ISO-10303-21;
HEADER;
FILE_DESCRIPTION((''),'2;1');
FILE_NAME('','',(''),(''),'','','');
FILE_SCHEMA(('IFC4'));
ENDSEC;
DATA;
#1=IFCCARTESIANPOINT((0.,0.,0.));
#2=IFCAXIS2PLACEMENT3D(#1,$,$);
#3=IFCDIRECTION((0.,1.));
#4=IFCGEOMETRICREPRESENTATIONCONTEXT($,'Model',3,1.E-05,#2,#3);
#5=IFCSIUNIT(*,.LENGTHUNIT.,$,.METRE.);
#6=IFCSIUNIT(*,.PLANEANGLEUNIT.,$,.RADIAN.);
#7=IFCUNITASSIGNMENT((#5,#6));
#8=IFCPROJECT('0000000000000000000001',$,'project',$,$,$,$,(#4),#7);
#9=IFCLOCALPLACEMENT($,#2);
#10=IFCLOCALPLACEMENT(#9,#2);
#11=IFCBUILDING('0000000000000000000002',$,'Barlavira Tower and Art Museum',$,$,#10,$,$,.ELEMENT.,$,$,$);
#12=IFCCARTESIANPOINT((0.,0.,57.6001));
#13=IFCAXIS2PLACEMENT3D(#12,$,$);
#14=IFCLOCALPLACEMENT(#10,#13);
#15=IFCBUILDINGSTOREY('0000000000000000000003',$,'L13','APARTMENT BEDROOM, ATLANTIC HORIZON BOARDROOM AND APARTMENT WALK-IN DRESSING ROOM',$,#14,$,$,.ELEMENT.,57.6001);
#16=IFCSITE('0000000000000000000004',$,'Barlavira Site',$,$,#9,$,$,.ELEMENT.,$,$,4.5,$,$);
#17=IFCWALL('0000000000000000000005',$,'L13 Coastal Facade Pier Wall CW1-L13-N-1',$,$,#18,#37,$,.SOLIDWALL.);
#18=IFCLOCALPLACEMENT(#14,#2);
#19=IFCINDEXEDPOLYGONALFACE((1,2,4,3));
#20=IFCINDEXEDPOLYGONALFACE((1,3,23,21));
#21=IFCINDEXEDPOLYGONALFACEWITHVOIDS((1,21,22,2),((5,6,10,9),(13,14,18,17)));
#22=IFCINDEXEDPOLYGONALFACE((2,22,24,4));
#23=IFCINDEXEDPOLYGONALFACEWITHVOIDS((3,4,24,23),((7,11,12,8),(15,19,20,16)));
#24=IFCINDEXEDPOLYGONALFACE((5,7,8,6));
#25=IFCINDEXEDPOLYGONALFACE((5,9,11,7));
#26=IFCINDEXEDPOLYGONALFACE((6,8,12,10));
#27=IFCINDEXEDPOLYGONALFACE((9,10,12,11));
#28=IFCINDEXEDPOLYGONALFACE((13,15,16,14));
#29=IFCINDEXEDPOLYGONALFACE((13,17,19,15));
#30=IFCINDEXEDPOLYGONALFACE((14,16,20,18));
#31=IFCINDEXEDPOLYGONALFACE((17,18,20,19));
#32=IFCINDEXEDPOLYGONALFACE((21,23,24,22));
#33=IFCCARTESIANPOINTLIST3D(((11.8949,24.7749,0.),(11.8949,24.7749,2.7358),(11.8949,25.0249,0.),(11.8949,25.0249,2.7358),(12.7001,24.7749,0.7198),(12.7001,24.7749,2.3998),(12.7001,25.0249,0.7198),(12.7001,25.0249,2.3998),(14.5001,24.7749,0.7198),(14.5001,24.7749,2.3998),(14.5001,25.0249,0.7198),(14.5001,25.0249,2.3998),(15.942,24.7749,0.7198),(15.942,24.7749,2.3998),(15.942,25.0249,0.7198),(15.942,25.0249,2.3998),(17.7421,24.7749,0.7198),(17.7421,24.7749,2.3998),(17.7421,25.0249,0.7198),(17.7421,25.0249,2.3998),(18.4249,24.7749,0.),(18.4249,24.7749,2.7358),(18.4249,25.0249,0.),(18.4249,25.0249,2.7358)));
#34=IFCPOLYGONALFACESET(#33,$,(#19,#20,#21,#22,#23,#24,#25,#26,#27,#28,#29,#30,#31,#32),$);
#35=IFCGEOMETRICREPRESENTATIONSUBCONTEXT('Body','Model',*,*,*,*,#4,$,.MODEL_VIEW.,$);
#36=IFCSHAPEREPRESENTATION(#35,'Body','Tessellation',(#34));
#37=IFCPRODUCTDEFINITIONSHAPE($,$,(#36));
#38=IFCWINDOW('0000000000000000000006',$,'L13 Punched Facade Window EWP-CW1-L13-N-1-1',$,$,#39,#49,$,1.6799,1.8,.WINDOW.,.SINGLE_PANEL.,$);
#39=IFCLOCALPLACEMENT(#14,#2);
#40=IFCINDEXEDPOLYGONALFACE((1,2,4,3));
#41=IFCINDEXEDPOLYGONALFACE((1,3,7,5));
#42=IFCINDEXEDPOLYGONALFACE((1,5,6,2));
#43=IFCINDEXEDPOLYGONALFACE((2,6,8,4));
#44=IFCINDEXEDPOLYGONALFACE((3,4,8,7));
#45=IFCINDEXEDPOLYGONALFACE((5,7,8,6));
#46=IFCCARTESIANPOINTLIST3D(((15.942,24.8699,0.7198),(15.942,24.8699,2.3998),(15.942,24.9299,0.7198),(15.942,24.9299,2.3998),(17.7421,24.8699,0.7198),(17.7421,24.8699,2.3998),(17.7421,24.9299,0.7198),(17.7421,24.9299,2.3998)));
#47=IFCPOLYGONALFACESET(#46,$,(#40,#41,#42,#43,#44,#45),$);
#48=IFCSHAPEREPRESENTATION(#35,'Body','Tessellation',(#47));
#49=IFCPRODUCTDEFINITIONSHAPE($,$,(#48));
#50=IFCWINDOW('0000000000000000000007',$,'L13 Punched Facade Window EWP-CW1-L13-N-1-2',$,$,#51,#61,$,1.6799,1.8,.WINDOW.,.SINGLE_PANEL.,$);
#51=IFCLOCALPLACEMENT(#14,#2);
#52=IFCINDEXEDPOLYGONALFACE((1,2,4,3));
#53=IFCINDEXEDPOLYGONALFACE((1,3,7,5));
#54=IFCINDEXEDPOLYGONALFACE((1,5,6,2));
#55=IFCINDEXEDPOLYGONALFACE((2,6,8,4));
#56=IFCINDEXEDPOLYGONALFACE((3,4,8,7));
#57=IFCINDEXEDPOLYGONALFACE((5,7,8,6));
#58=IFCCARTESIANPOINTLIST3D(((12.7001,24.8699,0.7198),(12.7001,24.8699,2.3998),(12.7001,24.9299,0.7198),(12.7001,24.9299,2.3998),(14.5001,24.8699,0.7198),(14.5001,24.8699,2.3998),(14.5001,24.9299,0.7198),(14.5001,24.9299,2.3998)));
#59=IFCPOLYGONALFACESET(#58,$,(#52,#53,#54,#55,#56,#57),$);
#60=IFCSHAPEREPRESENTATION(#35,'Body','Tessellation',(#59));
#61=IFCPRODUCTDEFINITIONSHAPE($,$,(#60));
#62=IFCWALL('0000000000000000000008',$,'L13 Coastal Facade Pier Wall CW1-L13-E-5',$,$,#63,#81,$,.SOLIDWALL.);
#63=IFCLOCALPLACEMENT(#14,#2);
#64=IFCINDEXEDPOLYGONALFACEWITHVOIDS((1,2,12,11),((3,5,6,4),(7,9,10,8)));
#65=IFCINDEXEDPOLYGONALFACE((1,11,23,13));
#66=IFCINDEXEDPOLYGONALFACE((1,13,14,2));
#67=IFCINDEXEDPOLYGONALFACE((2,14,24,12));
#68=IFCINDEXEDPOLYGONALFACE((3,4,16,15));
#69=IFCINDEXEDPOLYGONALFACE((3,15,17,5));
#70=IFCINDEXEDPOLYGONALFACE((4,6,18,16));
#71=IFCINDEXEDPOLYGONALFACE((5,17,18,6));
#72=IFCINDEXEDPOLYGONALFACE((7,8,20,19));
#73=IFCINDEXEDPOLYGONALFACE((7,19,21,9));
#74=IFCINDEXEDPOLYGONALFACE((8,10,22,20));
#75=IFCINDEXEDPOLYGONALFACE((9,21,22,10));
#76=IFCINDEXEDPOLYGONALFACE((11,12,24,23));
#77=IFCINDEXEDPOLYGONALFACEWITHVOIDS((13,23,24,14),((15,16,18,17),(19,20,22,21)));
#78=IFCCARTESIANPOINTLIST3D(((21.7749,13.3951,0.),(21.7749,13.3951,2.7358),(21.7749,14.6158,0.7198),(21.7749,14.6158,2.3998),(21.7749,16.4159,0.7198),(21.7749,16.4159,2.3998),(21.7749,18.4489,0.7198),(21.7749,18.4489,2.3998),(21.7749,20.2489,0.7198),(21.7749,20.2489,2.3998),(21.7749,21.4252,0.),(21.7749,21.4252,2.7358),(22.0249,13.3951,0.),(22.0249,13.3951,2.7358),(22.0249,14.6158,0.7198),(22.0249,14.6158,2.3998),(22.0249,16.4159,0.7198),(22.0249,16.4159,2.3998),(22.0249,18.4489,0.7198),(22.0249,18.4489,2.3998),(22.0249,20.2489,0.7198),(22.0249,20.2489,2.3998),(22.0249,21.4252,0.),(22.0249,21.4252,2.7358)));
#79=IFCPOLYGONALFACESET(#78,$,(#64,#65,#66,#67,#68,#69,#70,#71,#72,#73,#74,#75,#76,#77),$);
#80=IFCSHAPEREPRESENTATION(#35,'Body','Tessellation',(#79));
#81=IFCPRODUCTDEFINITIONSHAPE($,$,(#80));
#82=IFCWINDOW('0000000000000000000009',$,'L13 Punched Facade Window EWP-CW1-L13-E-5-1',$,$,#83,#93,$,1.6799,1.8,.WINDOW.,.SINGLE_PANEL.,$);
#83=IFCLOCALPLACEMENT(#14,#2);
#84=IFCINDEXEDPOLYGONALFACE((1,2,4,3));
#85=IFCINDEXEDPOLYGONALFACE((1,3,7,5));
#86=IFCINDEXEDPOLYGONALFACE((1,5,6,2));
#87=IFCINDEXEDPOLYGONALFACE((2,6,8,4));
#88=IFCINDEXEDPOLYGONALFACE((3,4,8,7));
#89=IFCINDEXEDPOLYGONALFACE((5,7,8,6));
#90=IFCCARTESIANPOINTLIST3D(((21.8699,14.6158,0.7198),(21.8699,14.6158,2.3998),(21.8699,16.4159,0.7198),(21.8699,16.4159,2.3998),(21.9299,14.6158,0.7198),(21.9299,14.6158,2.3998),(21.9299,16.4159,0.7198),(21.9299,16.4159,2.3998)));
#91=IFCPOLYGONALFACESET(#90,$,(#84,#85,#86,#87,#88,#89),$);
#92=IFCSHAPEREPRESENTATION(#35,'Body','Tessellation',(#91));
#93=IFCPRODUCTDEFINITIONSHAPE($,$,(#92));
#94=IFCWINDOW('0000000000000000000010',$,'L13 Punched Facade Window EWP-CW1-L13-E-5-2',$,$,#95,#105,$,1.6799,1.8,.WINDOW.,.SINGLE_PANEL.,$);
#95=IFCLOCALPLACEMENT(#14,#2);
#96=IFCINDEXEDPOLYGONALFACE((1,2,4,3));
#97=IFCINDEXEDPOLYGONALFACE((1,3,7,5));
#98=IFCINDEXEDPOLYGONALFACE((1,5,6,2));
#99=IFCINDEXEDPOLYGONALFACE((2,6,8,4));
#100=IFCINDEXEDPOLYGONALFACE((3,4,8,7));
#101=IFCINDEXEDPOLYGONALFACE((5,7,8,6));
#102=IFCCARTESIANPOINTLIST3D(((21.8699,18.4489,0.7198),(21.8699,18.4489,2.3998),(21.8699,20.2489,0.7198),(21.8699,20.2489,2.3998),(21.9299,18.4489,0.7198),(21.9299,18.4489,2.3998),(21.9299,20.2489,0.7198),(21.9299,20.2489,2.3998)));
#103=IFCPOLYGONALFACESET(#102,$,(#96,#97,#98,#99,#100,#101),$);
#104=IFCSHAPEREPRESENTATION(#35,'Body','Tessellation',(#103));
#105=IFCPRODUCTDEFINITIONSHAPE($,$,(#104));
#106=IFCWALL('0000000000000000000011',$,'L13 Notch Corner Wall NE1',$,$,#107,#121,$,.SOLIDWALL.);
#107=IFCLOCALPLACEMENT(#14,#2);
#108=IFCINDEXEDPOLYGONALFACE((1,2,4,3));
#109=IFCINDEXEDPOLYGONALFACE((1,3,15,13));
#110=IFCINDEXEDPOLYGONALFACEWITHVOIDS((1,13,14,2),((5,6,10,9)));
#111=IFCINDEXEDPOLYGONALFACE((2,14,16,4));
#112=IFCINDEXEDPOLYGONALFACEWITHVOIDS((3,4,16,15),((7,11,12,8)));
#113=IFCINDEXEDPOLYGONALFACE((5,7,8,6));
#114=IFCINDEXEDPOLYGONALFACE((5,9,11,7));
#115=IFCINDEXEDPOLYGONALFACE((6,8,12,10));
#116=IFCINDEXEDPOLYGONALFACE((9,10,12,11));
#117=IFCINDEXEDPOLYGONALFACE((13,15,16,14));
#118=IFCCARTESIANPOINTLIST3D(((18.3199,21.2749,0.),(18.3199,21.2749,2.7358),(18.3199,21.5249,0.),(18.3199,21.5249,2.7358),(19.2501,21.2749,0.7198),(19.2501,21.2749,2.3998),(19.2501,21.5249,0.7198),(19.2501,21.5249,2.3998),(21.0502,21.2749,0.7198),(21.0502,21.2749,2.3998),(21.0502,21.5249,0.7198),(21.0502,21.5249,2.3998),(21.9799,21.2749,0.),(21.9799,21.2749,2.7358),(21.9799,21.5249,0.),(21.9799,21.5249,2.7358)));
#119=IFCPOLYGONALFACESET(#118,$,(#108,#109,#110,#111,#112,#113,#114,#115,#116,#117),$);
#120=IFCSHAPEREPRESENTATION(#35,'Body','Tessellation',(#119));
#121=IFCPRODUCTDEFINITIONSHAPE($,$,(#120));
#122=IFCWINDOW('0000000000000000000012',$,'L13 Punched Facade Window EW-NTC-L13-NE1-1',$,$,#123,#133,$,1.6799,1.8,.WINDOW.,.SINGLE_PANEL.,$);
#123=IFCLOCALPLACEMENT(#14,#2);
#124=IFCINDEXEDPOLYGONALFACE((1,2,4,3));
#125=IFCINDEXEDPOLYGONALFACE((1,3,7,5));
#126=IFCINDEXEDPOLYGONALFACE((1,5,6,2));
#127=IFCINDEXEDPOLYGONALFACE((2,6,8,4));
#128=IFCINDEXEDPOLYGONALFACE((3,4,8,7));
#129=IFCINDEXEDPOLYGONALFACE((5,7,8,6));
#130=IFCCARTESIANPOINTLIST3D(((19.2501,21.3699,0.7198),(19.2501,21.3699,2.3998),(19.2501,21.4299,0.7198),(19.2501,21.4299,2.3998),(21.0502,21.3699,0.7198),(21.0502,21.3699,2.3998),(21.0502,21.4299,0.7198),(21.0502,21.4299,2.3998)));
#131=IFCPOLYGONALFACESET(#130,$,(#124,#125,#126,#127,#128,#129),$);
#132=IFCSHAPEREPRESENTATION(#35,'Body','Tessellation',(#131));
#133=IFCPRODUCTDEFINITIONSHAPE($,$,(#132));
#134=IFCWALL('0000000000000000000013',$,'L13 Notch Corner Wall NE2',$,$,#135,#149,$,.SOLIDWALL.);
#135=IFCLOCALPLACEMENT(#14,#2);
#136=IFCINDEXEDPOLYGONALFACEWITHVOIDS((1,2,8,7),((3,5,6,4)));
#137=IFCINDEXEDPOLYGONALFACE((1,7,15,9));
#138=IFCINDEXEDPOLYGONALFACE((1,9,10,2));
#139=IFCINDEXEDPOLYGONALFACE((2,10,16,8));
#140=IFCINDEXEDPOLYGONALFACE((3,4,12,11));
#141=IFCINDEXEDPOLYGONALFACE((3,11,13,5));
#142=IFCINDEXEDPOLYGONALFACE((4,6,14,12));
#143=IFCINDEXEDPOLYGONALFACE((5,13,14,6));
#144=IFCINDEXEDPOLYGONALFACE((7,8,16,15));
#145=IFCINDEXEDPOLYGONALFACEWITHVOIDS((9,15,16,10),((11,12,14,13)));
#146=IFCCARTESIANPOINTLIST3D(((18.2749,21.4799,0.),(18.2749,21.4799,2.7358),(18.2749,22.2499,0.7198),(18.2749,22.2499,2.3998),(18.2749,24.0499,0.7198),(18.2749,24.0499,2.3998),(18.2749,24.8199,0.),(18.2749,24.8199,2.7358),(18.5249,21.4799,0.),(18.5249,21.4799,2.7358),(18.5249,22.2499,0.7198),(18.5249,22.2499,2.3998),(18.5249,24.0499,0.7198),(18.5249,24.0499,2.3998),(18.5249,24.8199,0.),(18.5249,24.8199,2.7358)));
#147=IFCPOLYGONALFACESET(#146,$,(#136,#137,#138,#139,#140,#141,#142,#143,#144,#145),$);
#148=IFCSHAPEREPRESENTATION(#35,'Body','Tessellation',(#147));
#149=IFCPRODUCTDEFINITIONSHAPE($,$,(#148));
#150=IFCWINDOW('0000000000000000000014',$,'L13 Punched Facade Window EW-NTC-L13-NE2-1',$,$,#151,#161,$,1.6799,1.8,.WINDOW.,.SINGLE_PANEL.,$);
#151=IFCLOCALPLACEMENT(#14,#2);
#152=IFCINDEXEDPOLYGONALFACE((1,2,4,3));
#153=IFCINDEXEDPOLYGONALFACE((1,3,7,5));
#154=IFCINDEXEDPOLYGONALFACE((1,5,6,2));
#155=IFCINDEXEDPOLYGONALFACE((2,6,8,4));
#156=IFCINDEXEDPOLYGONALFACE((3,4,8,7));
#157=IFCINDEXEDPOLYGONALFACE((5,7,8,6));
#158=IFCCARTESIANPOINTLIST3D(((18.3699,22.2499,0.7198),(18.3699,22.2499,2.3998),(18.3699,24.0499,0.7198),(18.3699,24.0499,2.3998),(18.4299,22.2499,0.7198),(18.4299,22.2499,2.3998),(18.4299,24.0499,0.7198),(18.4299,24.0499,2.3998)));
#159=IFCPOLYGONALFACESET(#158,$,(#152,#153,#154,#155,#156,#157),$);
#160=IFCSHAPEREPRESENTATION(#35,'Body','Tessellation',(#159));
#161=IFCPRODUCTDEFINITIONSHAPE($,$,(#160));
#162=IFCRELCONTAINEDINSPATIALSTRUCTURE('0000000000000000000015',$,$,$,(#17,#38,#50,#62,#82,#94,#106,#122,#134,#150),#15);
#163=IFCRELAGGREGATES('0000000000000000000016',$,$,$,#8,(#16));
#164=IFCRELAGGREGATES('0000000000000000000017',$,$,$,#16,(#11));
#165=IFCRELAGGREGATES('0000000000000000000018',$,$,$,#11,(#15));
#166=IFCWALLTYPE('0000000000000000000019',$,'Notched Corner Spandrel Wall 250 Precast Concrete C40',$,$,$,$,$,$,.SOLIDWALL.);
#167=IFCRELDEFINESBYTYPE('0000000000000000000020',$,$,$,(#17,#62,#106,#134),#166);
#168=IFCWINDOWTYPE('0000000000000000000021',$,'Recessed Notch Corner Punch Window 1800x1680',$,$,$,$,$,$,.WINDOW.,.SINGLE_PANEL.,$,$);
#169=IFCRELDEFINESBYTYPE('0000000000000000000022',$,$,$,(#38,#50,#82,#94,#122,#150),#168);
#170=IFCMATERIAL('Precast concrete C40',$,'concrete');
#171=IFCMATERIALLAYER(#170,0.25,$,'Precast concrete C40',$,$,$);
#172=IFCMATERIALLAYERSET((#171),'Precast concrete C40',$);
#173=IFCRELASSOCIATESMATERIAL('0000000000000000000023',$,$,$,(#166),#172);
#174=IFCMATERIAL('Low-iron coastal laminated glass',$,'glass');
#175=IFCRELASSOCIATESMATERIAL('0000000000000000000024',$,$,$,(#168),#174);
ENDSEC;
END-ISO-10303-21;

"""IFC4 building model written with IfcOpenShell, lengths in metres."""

from ifc_helpers import new_model, si_unit, direction, frame, frame_2d, origin, place, context, subcontext, project, spatial, rectangle, extrude, material, layer, layer_set, type_object, element, fill, save


model = new_model("IFC4")

# Units and contexts
model_context = context("Model", 3, precision=1e-05, world=origin(), true_north=direction((0.0, 1.0)))
body_context = subcontext(model_context, "Body", "Model", "MODEL_VIEW")
ifc_project = project(units=[si_unit("LENGTHUNIT", "METRE"), si_unit("PLANEANGLEUNIT", "RADIAN")], contexts=[model_context])

# Site, building, storey
site_placement = place(None, origin())
site = spatial("IfcSite", under=ifc_project, at=site_placement, Name="Barlavira Site", CompositionType="ELEMENT", RefElevation=4.5)
building_placement = place(site_placement, origin())
building = spatial("IfcBuilding", under=site, at=building_placement, Name="Barlavira Tower and Art Museum", CompositionType="ELEMENT")
storey_placement = place(building_placement, frame((0.0, 0.0, 57.6001)))
storey = spatial("IfcBuildingStorey", under=building, at=storey_placement, Name="L13", Description="APARTMENT BEDROOM, ATLANTIC HORIZON BOARDROOM AND APARTMENT WALK-IN DRESSING ROOM", CompositionType="ELEMENT", Elevation=57.6001)

# Walls, openings, windows
ifc_material_1 = material(Name="Precast concrete C40", Category="concrete")
ifc_layer_1 = layer(ifc_material_1, 0.25, Name="Precast concrete C40")
ifc_layer_set_1 = layer_set([ifc_layer_1], Name="Precast concrete C40")
wall_type_1 = type_object("IfcWallType", Name="Notched Corner Spandrel Wall 250 Precast Concrete C40", PredefinedType="SOLIDWALL", material=ifc_layer_set_1)
wall_1_placement = place(storey_placement, frame((18.425, 24.8999, 0.0), z_axis=(0.0, 0.0, 1.0), x_axis=(-1.0, 0.0, 0.0)))
wall_1 = element("IfcWall", 1, at=wall_1_placement, inside=storey, type_object=wall_type_1, Name="L13 Coastal Facade Pier Wall CW1-L13-N-1", PredefinedType="SOLIDWALL", context=body_context, shape_type="SweptSolid", body=[
    extrude(rectangle(XDim=6.53, YDim=0.25, at=frame_2d((3.2651, 0.0))), origin(), (0.0, 0.0, 1.0), 2.7358),
])
opening_1_placement = place(wall_1_placement, frame((0.6831, 0.0, 0.72)))
opening_1 = element("IfcOpeningElement", 2, at=opening_1_placement, cuts=wall_1, PredefinedType="OPENING", context=body_context, shape_type="SweptSolid", body=[
    extrude(rectangle(XDim=1.8, YDim=1.6799, at=frame_2d((0.8999, 0.8398))), frame((0.0, 0.135, 0.0), z_axis=(0.0, -1.0, 0.0), x_axis=(1.0, 0.0, 0.0)), (0.0, 0.0, 1.0), 0.27),
])
opening_2_placement = place(wall_1_placement, frame((3.925, 0.0, 0.72)))
opening_2 = element("IfcOpeningElement", 3, at=opening_2_placement, cuts=wall_1, PredefinedType="OPENING", context=body_context, shape_type="SweptSolid", body=[
    extrude(rectangle(XDim=1.8, YDim=1.6799, at=frame_2d((0.8999, 0.8398))), frame((0.0, 0.135, 0.0), z_axis=(0.0, -1.0, 0.0), x_axis=(1.0, 0.0, 0.0)), (0.0, 0.0, 1.0), 0.27),
])
ifc_material_2 = material(Name="Low-iron coastal laminated glass", Category="glass")
window_type = type_object("IfcWindowType", Name="Recessed Notch Corner Punch Window 1800x1680", PartitioningType="SINGLE_PANEL", PredefinedType="WINDOW", material=ifc_material_2)
window_1_placement = place(opening_1_placement, origin())
window_1 = element("IfcWindow", 4, at=window_1_placement, inside=storey, type_object=window_type, Name="L13 Punched Facade Window EWP-CW1-L13-N-1-1", OverallHeight=1.6799, OverallWidth=1.8, PartitioningType="SINGLE_PANEL", PredefinedType="WINDOW", context=body_context, shape_type="SweptSolid", body=[
    extrude(rectangle(XDim=1.8, YDim=1.6799, at=frame_2d((0.8999, 0.8398))), frame((0.0, 0.03, 0.0), z_axis=(0.0, -1.0, 0.0), x_axis=(1.0, 0.0, 0.0)), (0.0, 0.0, 1.0), 0.0601),
])
fill(opening_1, window_1)
window_2_placement = place(opening_2_placement, origin())
window_2 = element("IfcWindow", 5, at=window_2_placement, inside=storey, type_object=window_type, Name="L13 Punched Facade Window EWP-CW1-L13-N-1-2", OverallHeight=1.6799, OverallWidth=1.8, PartitioningType="SINGLE_PANEL", PredefinedType="WINDOW", context=body_context, shape_type="SweptSolid", body=[
    extrude(rectangle(XDim=1.8, YDim=1.6799, at=frame_2d((0.8999, 0.8398))), frame((0.0, 0.03, 0.0), z_axis=(0.0, -1.0, 0.0), x_axis=(1.0, 0.0, 0.0)), (0.0, 0.0, 1.0), 0.0601),
])
fill(opening_2, window_2)
wall_2_placement = place(storey_placement, frame((21.8999, 13.395, 0.0), z_axis=(0.0, 0.0, 1.0), x_axis=(0.0, 1.0, 0.0)))
wall_2 = element("IfcWall", 6, at=wall_2_placement, inside=storey, type_object=wall_type_1, Name="L13 Coastal Facade Pier Wall CW1-L13-E-5", PredefinedType="SOLIDWALL", context=body_context, shape_type="SweptSolid", body=[
    extrude(rectangle(XDim=8.03, YDim=0.25, at=frame_2d((4.0151, 0.0))), origin(), (0.0, 0.0, 1.0), 2.7358),
])
opening_3_placement = place(wall_2_placement, frame((1.2209, 0.0, 0.72)))
opening_3 = element("IfcOpeningElement", 7, at=opening_3_placement, cuts=wall_2, PredefinedType="OPENING", context=body_context, shape_type="SweptSolid", body=[
    extrude(rectangle(XDim=1.8, YDim=1.6799, at=frame_2d((0.8999, 0.8398))), frame((0.0, 0.135, 0.0), z_axis=(0.0, -1.0, 0.0), x_axis=(1.0, 0.0, 0.0)), (0.0, 0.0, 1.0), 0.27),
])
opening_4_placement = place(wall_2_placement, frame((5.054, 0.0, 0.72)))
opening_4 = element("IfcOpeningElement", 8, at=opening_4_placement, cuts=wall_2, PredefinedType="OPENING", context=body_context, shape_type="SweptSolid", body=[
    extrude(rectangle(XDim=1.8, YDim=1.6799, at=frame_2d((0.8999, 0.8398))), frame((0.0, 0.135, 0.0), z_axis=(0.0, -1.0, 0.0), x_axis=(1.0, 0.0, 0.0)), (0.0, 0.0, 1.0), 0.27),
])
window_3_placement = place(opening_3_placement, origin())
window_3 = element("IfcWindow", 9, at=window_3_placement, inside=storey, type_object=window_type, Name="L13 Punched Facade Window EWP-CW1-L13-E-5-1", OverallHeight=1.6799, OverallWidth=1.8, PartitioningType="SINGLE_PANEL", PredefinedType="WINDOW", context=body_context, shape_type="SweptSolid", body=[
    extrude(rectangle(XDim=1.8, YDim=1.6799, at=frame_2d((0.8999, 0.8398))), frame((0.0, 0.03, 0.0), z_axis=(0.0, -1.0, 0.0), x_axis=(1.0, 0.0, 0.0)), (0.0, 0.0, 1.0), 0.0601),
])
fill(opening_3, window_3)
window_4_placement = place(opening_4_placement, origin())
window_4 = element("IfcWindow", 10, at=window_4_placement, inside=storey, type_object=window_type, Name="L13 Punched Facade Window EWP-CW1-L13-E-5-2", OverallHeight=1.6799, OverallWidth=1.8, PartitioningType="SINGLE_PANEL", PredefinedType="WINDOW", context=body_context, shape_type="SweptSolid", body=[
    extrude(rectangle(XDim=1.8, YDim=1.6799, at=frame_2d((0.8999, 0.8398))), frame((0.0, 0.03, 0.0), z_axis=(0.0, -1.0, 0.0), x_axis=(1.0, 0.0, 0.0)), (0.0, 0.0, 1.0), 0.0601),
])
fill(opening_4, window_4)

# Walls, openings, windows
wall_3_placement = place(storey_placement, frame((21.98, 21.3999, 0.0), z_axis=(0.0, 0.0, 1.0), x_axis=(-1.0, 0.0, 0.0)))
wall_3 = element("IfcWall", 11, at=wall_3_placement, inside=storey, type_object=wall_type_1, Name="L13 Notch Corner Wall NE1", PredefinedType="SOLIDWALL", context=body_context, shape_type="SweptSolid", body=[
    extrude(rectangle(XDim=3.6599, YDim=0.25, at=frame_2d((1.8301, 0.0))), origin(), (0.0, 0.0, 1.0), 2.7358),
])
opening_5_placement = place(wall_3_placement, frame((0.9299, 0.0, 0.72)))
opening_5 = element("IfcOpeningElement", 12, at=opening_5_placement, cuts=wall_3, PredefinedType="OPENING", context=body_context, shape_type="SweptSolid", body=[
    extrude(rectangle(XDim=1.8, YDim=1.6799, at=frame_2d((0.8999, 0.8398))), frame((0.0, 0.135, 0.0), z_axis=(0.0, -1.0, 0.0), x_axis=(1.0, 0.0, 0.0)), (0.0, 0.0, 1.0), 0.27),
])
window_5_placement = place(opening_5_placement, origin())
window_5 = element("IfcWindow", 13, at=window_5_placement, inside=storey, type_object=window_type, Name="L13 Punched Facade Window EW-NTC-L13-NE1-1", OverallHeight=1.6799, OverallWidth=1.8, PartitioningType="SINGLE_PANEL", PredefinedType="WINDOW", context=body_context, shape_type="SweptSolid", body=[
    extrude(rectangle(XDim=1.8, YDim=1.6799, at=frame_2d((0.8999, 0.8398))), frame((0.0, 0.03, 0.0), z_axis=(0.0, -1.0, 0.0), x_axis=(1.0, 0.0, 0.0)), (0.0, 0.0, 1.0), 0.0601),
])
fill(opening_5, window_5)
wall_4_placement = place(storey_placement, frame((18.3999, 21.48, 0.0), z_axis=(0.0, 0.0, 1.0), x_axis=(0.0, 1.0, 0.0)))
wall_4 = element("IfcWall", 14, at=wall_4_placement, inside=storey, type_object=wall_type_1, Name="L13 Notch Corner Wall NE2", PredefinedType="SOLIDWALL", context=body_context, shape_type="SweptSolid", body=[
    extrude(rectangle(XDim=3.3401, YDim=0.25, at=frame_2d((1.6699, 0.0))), origin(), (0.0, 0.0, 1.0), 2.7358),
])
opening_6_placement = place(wall_4_placement, frame((0.77, 0.0, 0.72)))
opening_6 = element("IfcOpeningElement", 15, at=opening_6_placement, cuts=wall_4, PredefinedType="OPENING", context=body_context, shape_type="SweptSolid", body=[
    extrude(rectangle(XDim=1.8, YDim=1.6799, at=frame_2d((0.8999, 0.8398))), frame((0.0, 0.135, 0.0), z_axis=(0.0, -1.0, 0.0), x_axis=(1.0, 0.0, 0.0)), (0.0, 0.0, 1.0), 0.27),
])
window_6_placement = place(opening_6_placement, origin())
window_6 = element("IfcWindow", 16, at=window_6_placement, inside=storey, type_object=window_type, Name="L13 Punched Facade Window EW-NTC-L13-NE2-1", OverallHeight=1.6799, OverallWidth=1.8, PartitioningType="SINGLE_PANEL", PredefinedType="WINDOW", context=body_context, shape_type="SweptSolid", body=[
    extrude(rectangle(XDim=1.8, YDim=1.6799, at=frame_2d((0.8999, 0.8398))), frame((0.0, 0.03, 0.0), z_axis=(0.0, -1.0, 0.0), x_axis=(1.0, 0.0, 0.0)), (0.0, 0.0, 1.0), 0.0601),
])
fill(opening_6, window_6)

save(model, "model.ifc")
